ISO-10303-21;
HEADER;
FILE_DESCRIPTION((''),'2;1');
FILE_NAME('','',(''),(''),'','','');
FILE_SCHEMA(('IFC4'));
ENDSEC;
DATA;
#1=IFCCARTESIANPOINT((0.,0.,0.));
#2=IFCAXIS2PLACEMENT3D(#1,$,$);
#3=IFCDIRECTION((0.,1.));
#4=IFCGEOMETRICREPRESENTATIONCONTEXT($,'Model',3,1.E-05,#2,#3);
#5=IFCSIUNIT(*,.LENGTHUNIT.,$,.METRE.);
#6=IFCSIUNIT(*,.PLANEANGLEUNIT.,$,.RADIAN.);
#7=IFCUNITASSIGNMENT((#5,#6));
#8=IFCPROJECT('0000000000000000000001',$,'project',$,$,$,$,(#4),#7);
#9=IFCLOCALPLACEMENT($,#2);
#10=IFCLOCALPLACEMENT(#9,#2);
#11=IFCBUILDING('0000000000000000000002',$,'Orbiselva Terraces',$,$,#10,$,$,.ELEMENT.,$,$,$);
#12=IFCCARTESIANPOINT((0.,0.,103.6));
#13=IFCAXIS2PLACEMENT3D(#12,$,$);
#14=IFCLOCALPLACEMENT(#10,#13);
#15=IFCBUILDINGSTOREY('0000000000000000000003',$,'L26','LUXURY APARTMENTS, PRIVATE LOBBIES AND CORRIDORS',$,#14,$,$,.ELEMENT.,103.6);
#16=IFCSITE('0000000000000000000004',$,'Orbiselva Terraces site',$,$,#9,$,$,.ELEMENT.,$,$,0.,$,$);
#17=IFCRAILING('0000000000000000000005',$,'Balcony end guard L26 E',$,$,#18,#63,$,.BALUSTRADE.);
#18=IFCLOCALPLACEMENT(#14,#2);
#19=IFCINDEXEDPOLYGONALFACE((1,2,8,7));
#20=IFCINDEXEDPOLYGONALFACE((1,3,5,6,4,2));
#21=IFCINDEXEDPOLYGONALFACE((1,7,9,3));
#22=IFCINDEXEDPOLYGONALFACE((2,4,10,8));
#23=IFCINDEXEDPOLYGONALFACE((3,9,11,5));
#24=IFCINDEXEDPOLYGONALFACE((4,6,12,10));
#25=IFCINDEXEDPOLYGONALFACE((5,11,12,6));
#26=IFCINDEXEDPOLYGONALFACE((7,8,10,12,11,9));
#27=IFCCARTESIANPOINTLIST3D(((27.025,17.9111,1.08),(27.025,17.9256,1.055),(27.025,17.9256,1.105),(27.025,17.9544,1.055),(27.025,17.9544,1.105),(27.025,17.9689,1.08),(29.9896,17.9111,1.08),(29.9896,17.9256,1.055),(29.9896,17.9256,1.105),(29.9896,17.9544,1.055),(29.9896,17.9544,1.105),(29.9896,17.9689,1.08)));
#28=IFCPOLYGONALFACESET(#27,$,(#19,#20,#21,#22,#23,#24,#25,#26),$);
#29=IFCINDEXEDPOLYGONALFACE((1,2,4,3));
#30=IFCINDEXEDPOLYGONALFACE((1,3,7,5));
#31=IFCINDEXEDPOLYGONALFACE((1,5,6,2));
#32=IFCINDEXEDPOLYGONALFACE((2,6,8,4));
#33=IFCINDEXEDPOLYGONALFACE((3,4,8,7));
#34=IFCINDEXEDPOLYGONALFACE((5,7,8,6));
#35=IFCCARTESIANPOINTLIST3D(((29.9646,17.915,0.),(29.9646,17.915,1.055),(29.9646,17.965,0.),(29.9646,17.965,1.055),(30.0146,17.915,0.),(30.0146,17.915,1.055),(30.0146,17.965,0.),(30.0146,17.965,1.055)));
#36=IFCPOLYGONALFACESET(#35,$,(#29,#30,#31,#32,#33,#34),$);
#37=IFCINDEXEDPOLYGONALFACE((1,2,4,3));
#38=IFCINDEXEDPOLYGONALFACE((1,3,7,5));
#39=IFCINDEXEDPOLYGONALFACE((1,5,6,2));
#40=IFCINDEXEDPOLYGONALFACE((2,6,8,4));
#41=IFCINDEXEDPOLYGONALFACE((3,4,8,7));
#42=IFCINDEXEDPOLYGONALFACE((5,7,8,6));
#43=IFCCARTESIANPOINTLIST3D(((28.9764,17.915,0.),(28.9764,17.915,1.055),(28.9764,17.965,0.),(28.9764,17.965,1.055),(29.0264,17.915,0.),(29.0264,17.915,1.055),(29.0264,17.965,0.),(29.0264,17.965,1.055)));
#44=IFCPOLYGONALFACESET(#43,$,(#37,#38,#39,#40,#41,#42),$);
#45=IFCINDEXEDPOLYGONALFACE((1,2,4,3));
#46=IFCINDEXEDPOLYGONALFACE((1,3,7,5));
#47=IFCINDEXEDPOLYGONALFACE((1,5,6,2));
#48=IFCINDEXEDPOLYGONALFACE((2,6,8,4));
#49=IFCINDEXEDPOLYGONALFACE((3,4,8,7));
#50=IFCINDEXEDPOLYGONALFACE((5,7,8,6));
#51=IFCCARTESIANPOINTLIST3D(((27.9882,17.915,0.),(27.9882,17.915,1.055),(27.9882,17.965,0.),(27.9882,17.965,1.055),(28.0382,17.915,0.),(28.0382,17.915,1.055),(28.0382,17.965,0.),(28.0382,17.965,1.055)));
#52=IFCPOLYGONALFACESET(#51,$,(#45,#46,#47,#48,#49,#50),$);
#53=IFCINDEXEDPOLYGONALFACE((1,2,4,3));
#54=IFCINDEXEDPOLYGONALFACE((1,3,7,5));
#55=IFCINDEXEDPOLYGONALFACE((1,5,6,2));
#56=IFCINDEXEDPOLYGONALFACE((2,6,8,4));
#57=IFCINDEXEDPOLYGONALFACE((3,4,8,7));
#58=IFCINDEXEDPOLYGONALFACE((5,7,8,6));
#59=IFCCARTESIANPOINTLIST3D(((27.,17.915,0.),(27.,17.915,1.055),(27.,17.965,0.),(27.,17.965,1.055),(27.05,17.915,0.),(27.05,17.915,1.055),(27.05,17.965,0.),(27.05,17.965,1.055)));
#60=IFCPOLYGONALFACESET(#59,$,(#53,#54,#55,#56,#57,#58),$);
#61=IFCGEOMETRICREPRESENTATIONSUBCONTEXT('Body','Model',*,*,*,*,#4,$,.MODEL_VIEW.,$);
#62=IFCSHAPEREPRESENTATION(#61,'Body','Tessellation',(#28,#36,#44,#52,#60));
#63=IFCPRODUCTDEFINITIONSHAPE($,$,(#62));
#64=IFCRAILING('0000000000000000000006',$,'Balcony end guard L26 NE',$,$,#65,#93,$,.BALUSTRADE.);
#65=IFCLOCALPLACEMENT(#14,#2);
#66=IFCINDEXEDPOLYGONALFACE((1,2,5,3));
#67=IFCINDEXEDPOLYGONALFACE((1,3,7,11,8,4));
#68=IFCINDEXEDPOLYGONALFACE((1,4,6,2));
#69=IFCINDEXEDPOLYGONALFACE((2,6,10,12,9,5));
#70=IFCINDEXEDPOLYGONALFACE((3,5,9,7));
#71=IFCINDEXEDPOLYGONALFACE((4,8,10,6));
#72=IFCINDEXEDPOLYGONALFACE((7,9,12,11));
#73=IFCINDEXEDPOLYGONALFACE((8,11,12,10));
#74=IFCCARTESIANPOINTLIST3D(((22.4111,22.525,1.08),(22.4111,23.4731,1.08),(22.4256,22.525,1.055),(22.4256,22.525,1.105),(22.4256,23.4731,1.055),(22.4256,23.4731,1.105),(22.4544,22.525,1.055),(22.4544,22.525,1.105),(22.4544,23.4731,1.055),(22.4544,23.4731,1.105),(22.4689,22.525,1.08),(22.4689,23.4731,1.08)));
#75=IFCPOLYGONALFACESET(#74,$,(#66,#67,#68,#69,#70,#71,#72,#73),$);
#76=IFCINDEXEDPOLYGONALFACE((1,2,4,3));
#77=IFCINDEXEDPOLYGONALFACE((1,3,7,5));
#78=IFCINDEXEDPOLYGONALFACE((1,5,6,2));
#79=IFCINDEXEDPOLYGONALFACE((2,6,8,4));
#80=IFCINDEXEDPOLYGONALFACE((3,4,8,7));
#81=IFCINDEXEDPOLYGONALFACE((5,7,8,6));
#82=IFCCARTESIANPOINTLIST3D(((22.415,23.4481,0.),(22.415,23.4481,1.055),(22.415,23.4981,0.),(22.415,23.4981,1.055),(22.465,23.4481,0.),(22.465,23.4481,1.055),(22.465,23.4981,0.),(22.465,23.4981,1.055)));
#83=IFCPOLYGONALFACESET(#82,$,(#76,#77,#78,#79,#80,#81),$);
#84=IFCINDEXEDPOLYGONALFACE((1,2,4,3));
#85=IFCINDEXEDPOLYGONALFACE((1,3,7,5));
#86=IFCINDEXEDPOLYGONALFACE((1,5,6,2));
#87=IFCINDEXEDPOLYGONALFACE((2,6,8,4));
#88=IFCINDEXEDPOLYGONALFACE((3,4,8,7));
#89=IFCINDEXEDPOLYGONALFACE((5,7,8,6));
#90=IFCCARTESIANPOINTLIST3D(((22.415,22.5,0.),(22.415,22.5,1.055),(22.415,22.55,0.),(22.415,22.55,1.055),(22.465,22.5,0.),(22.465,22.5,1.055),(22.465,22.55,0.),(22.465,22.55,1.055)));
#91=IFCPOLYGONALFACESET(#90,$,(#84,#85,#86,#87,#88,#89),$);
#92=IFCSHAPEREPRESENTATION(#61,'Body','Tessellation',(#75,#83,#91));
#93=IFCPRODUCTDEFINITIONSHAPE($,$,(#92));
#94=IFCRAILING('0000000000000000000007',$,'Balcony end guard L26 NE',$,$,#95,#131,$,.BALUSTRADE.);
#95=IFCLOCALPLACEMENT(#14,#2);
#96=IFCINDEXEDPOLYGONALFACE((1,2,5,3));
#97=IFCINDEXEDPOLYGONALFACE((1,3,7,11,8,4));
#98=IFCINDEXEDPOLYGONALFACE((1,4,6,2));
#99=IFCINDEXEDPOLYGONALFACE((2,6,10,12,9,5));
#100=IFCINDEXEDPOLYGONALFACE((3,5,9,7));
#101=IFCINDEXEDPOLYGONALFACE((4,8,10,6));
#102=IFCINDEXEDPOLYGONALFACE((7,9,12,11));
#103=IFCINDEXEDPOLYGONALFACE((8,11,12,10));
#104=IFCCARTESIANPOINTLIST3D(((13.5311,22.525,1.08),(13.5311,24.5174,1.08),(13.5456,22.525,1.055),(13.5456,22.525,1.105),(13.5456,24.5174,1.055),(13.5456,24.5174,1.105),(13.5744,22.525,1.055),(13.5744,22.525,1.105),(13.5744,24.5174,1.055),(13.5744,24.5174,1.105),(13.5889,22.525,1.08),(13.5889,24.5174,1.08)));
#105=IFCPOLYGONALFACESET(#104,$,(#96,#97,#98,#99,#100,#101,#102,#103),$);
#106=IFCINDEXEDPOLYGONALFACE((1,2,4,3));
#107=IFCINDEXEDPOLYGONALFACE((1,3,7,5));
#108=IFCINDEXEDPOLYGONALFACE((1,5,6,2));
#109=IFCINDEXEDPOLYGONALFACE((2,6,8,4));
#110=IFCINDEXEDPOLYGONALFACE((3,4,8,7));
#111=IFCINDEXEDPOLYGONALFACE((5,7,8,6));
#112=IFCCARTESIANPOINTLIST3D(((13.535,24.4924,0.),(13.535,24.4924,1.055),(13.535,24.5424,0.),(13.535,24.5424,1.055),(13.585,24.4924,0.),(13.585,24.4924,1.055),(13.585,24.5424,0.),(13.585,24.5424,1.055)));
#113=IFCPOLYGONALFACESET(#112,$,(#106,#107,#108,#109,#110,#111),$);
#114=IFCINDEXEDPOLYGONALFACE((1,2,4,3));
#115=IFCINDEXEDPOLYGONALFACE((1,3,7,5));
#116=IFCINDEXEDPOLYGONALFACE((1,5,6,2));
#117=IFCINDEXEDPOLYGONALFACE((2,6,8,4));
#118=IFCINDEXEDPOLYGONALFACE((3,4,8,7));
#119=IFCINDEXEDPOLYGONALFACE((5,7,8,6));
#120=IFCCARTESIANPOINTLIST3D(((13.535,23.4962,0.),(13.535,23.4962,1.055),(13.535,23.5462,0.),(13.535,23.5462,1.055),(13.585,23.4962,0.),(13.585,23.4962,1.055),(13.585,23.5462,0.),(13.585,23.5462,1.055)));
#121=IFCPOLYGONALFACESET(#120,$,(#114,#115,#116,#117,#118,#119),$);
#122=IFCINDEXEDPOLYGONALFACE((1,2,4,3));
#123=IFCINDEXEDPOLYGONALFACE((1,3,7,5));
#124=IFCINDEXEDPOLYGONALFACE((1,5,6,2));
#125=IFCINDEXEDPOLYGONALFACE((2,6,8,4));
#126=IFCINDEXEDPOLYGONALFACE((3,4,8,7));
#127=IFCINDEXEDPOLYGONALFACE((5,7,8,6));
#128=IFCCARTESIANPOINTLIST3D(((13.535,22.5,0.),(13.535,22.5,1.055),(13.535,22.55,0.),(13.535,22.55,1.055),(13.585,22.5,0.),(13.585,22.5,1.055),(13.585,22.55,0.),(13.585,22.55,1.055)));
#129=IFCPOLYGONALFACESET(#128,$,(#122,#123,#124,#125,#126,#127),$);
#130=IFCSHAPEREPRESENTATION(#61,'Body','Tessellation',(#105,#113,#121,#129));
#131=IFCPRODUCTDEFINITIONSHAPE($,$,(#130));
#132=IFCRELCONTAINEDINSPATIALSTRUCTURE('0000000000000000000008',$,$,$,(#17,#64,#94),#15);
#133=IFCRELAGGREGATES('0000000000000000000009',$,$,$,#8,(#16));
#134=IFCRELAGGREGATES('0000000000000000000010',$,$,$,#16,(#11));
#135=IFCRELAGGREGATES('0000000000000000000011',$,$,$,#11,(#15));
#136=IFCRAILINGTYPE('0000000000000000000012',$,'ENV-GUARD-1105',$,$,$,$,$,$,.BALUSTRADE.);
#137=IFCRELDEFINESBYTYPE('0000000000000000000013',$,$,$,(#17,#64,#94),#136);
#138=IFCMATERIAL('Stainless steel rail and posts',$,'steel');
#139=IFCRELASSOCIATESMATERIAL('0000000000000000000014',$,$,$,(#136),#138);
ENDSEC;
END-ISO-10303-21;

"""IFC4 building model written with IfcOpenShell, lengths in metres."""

from ifc_helpers import new_model, si_unit, direction, frame, origin, origin_2d, place, context, subcontext, project, spatial, polyline, rectangle, outline, extrude, material, type_object, element, save


model = new_model("IFC4")

# Units and contexts
model_context = context("Model", 3, precision=1e-05, world=origin(), true_north=direction((0.0, 1.0)))
body_context = subcontext(model_context, "Body", "Model", "MODEL_VIEW")
ifc_project = project(units=[si_unit("LENGTHUNIT", "METRE"), si_unit("PLANEANGLEUNIT", "RADIAN")], contexts=[model_context])

# Site, building, storey
site_placement = place(None, origin())
site = spatial("IfcSite", under=ifc_project, at=site_placement, Name="Orbiselva Terraces site", CompositionType="ELEMENT", RefElevation=0.0)
building_placement = place(site_placement, origin())
building = spatial("IfcBuilding", under=site, at=building_placement, Name="Orbiselva Terraces", CompositionType="ELEMENT")
storey_placement = place(building_placement, frame((0.0, 0.0, 103.6)))
storey = spatial("IfcBuildingStorey", under=building, at=storey_placement, Name="L26", Description="LUXURY APARTMENTS, PRIVATE LOBBIES AND CORRIDORS", CompositionType="ELEMENT", Elevation=103.6)

# Railings
ifc_material_1 = material(Name="Stainless steel rail and posts", Category="steel")
railing_type_1 = type_object("IfcRailingType", Name="ENV-GUARD-1105", PredefinedType="BALUSTRADE", material=ifc_material_1)
railing_1_placement = place(storey_placement, frame((29.9896, 17.94, 0.0)))
element("IfcRailing", 1, at=railing_1_placement, inside=storey, type_object=railing_type_1, Name="Balcony end guard L26 E", PredefinedType="BALUSTRADE", context=body_context, shape_type="SweptSolid", body=[
    extrude(outline(polyline([(0.0289, 0.0), (0.0144, 0.025), (-0.0144, 0.025), (-0.0289, 0.0), (-0.0144, -0.025), (0.0144, -0.025), (0.0289, 0.0)])), frame((0.0, 0.0, 1.08), z_axis=(-1.0, 0.0, 0.0), x_axis=(0.0, -1.0, 0.0)), (0.0, 0.0, 1.0), 2.9646),
    extrude(rectangle(XDim=0.05, YDim=0.05, at=origin_2d()), origin(), (0.0, 0.0, 1.0), 1.055),
    extrude(rectangle(XDim=0.05, YDim=0.05, at=origin_2d()), frame((-0.9882, 0.0, 0.0)), (0.0, 0.0, 1.0), 1.055),
    extrude(rectangle(XDim=0.05, YDim=0.05, at=origin_2d()), frame((-1.9764, 0.0, 0.0)), (0.0, 0.0, 1.0), 1.055),
    extrude(rectangle(XDim=0.05, YDim=0.05, at=origin_2d()), frame((-2.9646, 0.0, 0.0)), (0.0, 0.0, 1.0), 1.055),
])
railing_2_placement = place(storey_placement, frame((22.44, 23.4731, 0.0)))
element("IfcRailing", 2, at=railing_2_placement, inside=storey, type_object=railing_type_1, Name="Balcony end guard L26 NE", PredefinedType="BALUSTRADE", context=body_context, shape_type="SweptSolid", body=[
    extrude(outline(polyline([(0.0289, 0.0), (0.0144, 0.025), (-0.0144, 0.025), (-0.0289, 0.0), (-0.0144, -0.025), (0.0144, -0.025), (0.0289, 0.0)])), frame((0.0, 0.0, 1.08), z_axis=(0.0, -1.0, 0.0), x_axis=(1.0, 0.0, 0.0)), (0.0, 0.0, 1.0), 0.9481),
    extrude(rectangle(XDim=0.05, YDim=0.05, at=origin_2d()), origin(), (0.0, 0.0, 1.0), 1.055),
    extrude(rectangle(XDim=0.05, YDim=0.05, at=origin_2d()), frame((0.0, -0.9481, 0.0)), (0.0, 0.0, 1.0), 1.055),
])
railing_3_placement = place(storey_placement, frame((13.56, 24.5174, 0.0)))
element("IfcRailing", 3, at=railing_3_placement, inside=storey, type_object=railing_type_1, Name="Balcony end guard L26 NE", PredefinedType="BALUSTRADE", context=body_context, shape_type="SweptSolid", body=[
    extrude(outline(polyline([(0.0289, 0.0), (0.0144, 0.025), (-0.0144, 0.025), (-0.0289, 0.0), (-0.0144, -0.025), (0.0144, -0.025), (0.0289, 0.0)])), frame((0.0, 0.0, 1.08), z_axis=(0.0, -1.0, 0.0), x_axis=(1.0, 0.0, 0.0)), (0.0, 0.0, 1.0), 1.9924),
    extrude(rectangle(XDim=0.05, YDim=0.05, at=origin_2d()), origin(), (0.0, 0.0, 1.0), 1.055),
    extrude(rectangle(XDim=0.05, YDim=0.05, at=origin_2d()), frame((0.0, -0.9962, 0.0)), (0.0, 0.0, 1.0), 1.055),
    extrude(rectangle(XDim=0.05, YDim=0.05, at=origin_2d()), frame((0.0, -1.9924, 0.0)), (0.0, 0.0, 1.0), 1.055),
])

save(model, "model.ifc")
